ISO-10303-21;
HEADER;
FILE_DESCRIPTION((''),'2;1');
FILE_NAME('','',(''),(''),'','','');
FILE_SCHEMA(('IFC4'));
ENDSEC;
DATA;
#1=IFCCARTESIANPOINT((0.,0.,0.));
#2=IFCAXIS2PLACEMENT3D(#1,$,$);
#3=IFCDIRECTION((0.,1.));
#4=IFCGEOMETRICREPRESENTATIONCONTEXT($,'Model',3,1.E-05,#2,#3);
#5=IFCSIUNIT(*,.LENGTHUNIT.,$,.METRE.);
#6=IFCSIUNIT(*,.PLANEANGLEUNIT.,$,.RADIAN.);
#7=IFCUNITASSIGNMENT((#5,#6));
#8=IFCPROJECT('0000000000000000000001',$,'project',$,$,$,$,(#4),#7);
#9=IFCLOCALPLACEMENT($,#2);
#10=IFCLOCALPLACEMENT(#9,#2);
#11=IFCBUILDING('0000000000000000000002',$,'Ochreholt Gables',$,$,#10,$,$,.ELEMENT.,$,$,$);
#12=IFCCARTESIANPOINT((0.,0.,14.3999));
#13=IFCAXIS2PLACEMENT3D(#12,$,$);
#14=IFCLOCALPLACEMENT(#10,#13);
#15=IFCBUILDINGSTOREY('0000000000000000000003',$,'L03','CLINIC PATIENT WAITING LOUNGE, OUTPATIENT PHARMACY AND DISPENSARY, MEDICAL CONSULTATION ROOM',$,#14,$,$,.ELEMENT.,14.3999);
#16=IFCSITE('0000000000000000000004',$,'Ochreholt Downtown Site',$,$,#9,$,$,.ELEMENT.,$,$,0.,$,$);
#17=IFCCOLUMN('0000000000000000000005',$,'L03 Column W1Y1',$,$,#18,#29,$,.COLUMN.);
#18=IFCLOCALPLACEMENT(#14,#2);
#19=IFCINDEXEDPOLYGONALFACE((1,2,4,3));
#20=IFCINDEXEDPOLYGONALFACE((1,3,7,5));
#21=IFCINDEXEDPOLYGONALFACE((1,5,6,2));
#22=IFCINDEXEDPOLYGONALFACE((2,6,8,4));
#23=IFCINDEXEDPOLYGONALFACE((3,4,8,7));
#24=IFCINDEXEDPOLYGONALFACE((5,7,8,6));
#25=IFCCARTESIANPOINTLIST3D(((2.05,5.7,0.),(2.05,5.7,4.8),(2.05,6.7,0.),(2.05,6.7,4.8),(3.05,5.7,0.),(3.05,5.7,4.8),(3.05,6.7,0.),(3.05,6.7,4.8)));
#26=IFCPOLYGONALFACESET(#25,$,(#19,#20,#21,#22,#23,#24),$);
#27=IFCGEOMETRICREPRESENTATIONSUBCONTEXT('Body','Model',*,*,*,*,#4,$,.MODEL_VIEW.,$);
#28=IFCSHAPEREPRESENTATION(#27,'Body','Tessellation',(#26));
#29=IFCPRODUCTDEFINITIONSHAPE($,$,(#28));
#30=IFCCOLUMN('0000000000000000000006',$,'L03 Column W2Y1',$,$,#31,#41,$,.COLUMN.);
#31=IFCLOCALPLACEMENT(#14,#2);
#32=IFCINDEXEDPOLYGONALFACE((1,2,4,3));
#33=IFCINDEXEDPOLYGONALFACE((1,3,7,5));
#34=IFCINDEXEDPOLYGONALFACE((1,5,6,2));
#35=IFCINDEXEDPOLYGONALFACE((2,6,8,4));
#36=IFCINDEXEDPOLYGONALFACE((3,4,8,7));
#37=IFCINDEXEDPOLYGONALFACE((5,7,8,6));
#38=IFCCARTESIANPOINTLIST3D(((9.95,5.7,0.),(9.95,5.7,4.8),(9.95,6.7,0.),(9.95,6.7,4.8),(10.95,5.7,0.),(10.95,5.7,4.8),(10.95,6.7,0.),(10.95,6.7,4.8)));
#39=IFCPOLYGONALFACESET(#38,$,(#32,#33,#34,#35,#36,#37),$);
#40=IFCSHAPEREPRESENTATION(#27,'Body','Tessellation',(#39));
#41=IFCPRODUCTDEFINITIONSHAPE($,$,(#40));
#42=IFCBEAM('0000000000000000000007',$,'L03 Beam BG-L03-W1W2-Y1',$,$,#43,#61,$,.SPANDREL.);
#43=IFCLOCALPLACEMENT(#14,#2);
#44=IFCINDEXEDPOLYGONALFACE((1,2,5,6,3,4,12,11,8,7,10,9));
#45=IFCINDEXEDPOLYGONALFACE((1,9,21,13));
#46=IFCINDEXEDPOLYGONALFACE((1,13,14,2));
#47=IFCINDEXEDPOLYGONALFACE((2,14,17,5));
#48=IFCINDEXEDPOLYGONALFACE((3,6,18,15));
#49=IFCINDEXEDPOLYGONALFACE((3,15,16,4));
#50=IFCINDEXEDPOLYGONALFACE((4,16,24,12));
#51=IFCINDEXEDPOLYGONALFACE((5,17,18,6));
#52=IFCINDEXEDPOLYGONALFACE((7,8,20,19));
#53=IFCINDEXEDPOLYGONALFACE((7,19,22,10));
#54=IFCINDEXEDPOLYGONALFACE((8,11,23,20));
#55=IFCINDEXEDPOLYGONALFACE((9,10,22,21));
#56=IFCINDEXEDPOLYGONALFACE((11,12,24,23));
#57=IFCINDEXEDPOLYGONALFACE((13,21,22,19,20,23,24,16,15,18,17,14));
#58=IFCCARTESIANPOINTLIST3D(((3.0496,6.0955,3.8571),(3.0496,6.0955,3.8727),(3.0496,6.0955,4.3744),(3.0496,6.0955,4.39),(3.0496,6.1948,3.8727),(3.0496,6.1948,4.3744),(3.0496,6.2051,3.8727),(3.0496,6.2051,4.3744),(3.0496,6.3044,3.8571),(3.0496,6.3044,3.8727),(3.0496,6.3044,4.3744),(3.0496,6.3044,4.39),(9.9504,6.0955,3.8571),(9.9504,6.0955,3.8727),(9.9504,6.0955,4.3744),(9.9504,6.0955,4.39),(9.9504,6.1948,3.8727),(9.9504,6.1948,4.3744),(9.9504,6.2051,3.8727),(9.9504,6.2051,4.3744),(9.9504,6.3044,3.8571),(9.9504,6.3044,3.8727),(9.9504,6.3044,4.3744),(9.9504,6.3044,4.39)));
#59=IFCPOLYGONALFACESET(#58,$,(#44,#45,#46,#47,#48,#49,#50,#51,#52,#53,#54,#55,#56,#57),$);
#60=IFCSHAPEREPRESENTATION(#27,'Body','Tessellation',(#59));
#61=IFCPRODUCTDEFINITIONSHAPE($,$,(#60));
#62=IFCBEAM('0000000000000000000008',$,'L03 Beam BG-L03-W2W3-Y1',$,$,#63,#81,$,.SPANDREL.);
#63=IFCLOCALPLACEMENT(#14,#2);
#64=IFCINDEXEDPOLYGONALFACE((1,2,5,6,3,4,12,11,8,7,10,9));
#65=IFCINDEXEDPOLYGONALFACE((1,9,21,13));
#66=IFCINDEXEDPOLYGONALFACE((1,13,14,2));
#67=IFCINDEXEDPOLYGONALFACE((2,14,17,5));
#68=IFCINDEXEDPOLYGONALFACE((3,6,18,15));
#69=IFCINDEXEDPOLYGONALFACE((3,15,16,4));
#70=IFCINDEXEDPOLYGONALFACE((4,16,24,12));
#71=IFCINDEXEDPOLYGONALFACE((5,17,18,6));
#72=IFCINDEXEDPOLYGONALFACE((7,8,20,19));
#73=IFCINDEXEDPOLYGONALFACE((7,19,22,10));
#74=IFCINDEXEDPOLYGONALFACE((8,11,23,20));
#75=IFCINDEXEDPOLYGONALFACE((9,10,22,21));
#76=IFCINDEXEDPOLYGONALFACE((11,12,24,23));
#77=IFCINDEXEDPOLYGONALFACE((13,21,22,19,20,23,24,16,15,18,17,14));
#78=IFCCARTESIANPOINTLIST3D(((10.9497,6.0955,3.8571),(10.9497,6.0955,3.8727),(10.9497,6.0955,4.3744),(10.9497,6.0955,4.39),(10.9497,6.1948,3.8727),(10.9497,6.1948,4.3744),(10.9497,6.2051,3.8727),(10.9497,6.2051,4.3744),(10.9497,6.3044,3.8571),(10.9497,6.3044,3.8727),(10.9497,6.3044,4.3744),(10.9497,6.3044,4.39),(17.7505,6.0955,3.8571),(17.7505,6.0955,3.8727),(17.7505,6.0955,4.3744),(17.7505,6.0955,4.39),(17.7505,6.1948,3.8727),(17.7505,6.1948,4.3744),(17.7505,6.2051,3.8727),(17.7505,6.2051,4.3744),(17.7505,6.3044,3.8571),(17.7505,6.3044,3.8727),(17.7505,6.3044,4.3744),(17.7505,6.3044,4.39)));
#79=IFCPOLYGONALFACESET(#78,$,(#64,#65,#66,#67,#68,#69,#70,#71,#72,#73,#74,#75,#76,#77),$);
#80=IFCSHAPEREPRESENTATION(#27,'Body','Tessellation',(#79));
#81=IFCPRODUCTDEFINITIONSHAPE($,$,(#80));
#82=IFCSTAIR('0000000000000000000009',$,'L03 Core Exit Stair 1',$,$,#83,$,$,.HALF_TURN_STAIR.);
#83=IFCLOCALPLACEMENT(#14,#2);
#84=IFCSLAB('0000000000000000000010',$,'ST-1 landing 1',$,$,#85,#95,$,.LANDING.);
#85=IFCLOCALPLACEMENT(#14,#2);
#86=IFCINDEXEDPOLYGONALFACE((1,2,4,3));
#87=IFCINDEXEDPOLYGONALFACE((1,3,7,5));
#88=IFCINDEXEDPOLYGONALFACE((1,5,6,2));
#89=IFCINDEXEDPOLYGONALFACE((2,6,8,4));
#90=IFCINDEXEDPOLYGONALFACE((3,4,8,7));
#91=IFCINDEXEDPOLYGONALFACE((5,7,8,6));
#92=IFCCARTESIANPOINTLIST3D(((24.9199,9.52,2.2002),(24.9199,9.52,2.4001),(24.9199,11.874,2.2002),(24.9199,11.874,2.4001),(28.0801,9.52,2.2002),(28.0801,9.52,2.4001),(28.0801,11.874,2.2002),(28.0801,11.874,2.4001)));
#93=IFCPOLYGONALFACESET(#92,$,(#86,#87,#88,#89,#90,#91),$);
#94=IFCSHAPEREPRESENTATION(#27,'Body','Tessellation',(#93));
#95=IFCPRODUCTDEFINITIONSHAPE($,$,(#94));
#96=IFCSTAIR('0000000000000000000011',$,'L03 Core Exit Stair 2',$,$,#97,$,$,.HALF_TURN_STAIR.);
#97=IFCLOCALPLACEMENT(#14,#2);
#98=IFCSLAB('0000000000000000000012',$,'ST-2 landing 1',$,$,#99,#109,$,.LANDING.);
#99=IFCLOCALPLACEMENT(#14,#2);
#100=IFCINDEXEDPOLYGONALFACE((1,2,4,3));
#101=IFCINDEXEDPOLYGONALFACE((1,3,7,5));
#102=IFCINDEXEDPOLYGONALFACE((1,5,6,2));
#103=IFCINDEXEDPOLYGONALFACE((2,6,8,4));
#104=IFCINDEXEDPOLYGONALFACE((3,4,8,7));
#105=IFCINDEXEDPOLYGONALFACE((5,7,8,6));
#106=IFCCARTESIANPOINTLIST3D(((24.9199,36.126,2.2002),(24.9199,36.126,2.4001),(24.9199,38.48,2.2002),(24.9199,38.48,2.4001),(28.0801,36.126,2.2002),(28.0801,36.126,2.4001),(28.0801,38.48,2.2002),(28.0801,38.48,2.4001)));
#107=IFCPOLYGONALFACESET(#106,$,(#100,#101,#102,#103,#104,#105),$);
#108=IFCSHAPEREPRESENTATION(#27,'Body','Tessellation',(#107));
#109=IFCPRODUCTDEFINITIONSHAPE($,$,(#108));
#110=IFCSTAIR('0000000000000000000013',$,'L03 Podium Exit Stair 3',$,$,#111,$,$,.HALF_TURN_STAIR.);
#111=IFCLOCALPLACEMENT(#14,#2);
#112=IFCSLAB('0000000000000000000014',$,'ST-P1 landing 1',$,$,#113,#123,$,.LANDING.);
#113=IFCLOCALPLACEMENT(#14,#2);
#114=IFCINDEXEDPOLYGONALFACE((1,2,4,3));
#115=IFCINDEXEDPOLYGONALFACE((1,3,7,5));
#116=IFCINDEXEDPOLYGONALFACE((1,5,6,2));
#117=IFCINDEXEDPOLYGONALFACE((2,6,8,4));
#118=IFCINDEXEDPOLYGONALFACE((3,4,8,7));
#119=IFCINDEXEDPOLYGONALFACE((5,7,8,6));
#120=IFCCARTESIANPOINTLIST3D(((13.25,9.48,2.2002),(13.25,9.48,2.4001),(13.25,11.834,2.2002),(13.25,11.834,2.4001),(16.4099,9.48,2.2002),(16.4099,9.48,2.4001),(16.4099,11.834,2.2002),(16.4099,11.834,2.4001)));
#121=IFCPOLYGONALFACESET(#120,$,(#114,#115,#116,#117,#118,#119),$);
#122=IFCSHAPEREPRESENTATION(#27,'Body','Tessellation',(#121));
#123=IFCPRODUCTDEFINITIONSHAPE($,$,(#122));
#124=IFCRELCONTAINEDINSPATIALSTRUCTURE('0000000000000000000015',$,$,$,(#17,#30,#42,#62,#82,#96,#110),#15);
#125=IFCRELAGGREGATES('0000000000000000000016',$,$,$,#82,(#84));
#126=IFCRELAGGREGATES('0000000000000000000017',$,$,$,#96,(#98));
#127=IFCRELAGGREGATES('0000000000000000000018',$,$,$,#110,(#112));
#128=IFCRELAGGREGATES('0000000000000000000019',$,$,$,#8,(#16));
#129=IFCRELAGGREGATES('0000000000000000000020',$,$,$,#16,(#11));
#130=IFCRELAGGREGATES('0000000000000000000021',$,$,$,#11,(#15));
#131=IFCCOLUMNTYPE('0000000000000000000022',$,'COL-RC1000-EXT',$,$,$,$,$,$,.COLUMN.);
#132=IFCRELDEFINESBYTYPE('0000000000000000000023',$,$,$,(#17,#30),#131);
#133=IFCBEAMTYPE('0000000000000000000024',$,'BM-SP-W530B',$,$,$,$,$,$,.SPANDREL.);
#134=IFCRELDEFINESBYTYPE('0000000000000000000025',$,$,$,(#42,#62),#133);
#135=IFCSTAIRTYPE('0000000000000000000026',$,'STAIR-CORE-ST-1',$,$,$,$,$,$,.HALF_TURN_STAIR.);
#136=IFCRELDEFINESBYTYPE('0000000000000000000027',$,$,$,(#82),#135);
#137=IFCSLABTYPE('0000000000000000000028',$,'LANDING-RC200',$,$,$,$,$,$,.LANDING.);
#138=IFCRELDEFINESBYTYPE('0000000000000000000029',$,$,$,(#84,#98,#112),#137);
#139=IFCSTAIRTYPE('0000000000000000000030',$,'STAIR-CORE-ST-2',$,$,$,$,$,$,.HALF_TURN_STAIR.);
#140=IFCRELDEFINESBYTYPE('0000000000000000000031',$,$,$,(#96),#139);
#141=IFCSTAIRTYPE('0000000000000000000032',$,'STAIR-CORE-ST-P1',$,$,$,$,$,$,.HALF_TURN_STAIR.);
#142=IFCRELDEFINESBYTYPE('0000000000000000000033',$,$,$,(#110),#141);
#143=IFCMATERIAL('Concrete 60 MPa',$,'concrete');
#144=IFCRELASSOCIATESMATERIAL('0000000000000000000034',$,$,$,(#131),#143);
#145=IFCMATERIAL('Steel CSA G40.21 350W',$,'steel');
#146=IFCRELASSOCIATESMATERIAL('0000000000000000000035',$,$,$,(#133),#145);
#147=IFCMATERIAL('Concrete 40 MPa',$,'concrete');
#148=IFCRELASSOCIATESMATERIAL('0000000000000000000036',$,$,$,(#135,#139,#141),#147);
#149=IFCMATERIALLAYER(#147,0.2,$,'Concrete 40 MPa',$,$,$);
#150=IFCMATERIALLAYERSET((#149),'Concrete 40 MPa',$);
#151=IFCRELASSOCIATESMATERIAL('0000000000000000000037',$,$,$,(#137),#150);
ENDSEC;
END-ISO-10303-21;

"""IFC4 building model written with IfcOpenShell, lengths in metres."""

from ifc_helpers import new_model, si_unit, direction, frame, origin, origin_2d, place, context, subcontext, project, spatial, polyline, rectangle, i_section, outline, extrude, material, layer, layer_set, material_profile, profile_set, type_object, element, aggregate, save


model = new_model("IFC4")

# Units and contexts
model_context = context("Model", 3, precision=1e-05, world=origin(), true_north=direction((0.0, 1.0)))
body_context = subcontext(model_context, "Body", "Model", "MODEL_VIEW")
ifc_project = project(units=[si_unit("LENGTHUNIT", "METRE"), si_unit("PLANEANGLEUNIT", "RADIAN")], contexts=[model_context])

# Site, building, storey
site_placement = place(None, origin())
site = spatial("IfcSite", under=ifc_project, at=site_placement, Name="Ochreholt Downtown Site", CompositionType="ELEMENT", RefElevation=0.0)
building_placement = place(site_placement, origin())
building = spatial("IfcBuilding", under=site, at=building_placement, Name="Ochreholt Gables", CompositionType="ELEMENT")
storey_placement = place(building_placement, frame((0.0, 0.0, 14.3999)))
storey = spatial("IfcBuildingStorey", under=building, at=storey_placement, Name="L03", Description="CLINIC PATIENT WAITING LOUNGE, OUTPATIENT PHARMACY AND DISPENSARY, MEDICAL CONSULTATION ROOM", CompositionType="ELEMENT", Elevation=14.3999)

# Columns
ifc_material_1 = material(Name="Concrete 60 MPa", Category="concrete")
ifc_material_profile_1 = material_profile(ifc_material_1, rectangle(XDim=1.0, YDim=1.0, at=origin_2d()), Name="RC1000X1000")
ifc_profile_set_1 = profile_set([ifc_material_profile_1], Name="Concrete 60 MPa")
column_type = type_object("IfcColumnType", Name="COL-RC1000-EXT", PredefinedType="COLUMN", material=ifc_profile_set_1)
for number, where, z_axis, x_axis, name in (
    (1, (2.55, 6.2, 0.0), (0.0, 0.0, 1.0), (1.0, 0.0, 0.0), "L03 Column W1Y1"),
    (2, (10.45, 6.2, 0.0), (0.0, 0.0, 1.0), (1.0, 0.0, 0.0), "L03 Column W2Y1"),
):
    element("IfcColumn", number, at=place(storey_placement, frame(where, z_axis=z_axis, x_axis=x_axis)), inside=storey, type_object=column_type, Name=name, PredefinedType="COLUMN", context=body_context, shape_type="SweptSolid", body=[
        extrude(rectangle(XDim=1.0, YDim=1.0, at=origin_2d()), origin(), (0.0, 0.0, 1.0), 4.8),
    ])

# Beams
ifc_material_2 = material(Name="Steel CSA G40.21 350W", Category="steel")
ifc_material_profile_2 = material_profile(ifc_material_2, i_section(OverallWidth=0.209, OverallDepth=0.533, WebThickness=0.0103, FlangeThickness=0.0156, at=origin_2d()), Name="W530X92")
ifc_profile_set_2 = profile_set([ifc_material_profile_2], Name="Steel CSA G40.21 350W")
beam_type = type_object("IfcBeamType", Name="BM-SP-W530B", PredefinedType="SPANDREL", material=ifc_profile_set_2)
beam_1_placement = place(storey_placement, frame((3.0496, 6.2, 4.1235), z_axis=(1.0, 0.0, 0.0), x_axis=(0.0, 1.0, 0.0)))
element("IfcBeam", 3, at=beam_1_placement, inside=storey, type_object=beam_type, Name="L03 Beam BG-L03-W1W2-Y1", PredefinedType="SPANDREL", context=body_context, shape_type="SweptSolid", body=[
    extrude(i_section(OverallWidth=0.209, OverallDepth=0.533, WebThickness=0.0103, FlangeThickness=0.0156, at=origin_2d()), origin(), (0.0, 0.0, 1.0), 6.9009),
])
beam_2_placement = place(storey_placement, frame((10.9497, 6.2, 4.1235), z_axis=(1.0, 0.0, 0.0), x_axis=(0.0, 1.0, 0.0)))
element("IfcBeam", 4, at=beam_2_placement, inside=storey, type_object=beam_type, Name="L03 Beam BG-L03-W2W3-Y1", PredefinedType="SPANDREL", context=body_context, shape_type="SweptSolid", body=[
    extrude(i_section(OverallWidth=0.209, OverallDepth=0.533, WebThickness=0.0103, FlangeThickness=0.0156, at=origin_2d()), origin(), (0.0, 0.0, 1.0), 6.8008),
])

# Stairs, slabs
ifc_material_3 = material(Name="Concrete 40 MPa", Category="concrete")
stair_type_1 = type_object("IfcStairType", Name="STAIR-CORE-ST-1", PredefinedType="HALF_TURN_STAIR", material=ifc_material_3)
stair_1_placement = place(storey_placement, origin())
stair_1 = element("IfcStair", 5, at=stair_1_placement, inside=storey, type_object=stair_type_1, Name="L03 Core Exit Stair 1", PredefinedType="HALF_TURN_STAIR")
ifc_layer_1 = layer(ifc_material_3, 0.2, Name="Concrete 40 MPa")
ifc_layer_set_1 = layer_set([ifc_layer_1], Name="Concrete 40 MPa")
slab_type_1 = type_object("IfcSlabType", Name="LANDING-RC200", PredefinedType="LANDING", material=ifc_layer_set_1)
slab_1_placement = place(storey_placement, frame((0.0, 0.0, 2.2002)))
slab_1 = element("IfcSlab", 6, at=slab_1_placement, type_object=slab_type_1, Name="ST-1 landing 1", PredefinedType="LANDING", context=body_context, shape_type="SweptSolid", body=[
    extrude(outline(polyline([(24.9199, 11.874), (24.9199, 9.52), (28.0801, 9.52), (28.0801, 11.874), (24.9199, 11.874)])), origin(), (0.0, 0.0, 1.0), 0.2),
])
aggregate(stair_1, [slab_1])
stair_type_2 = type_object("IfcStairType", Name="STAIR-CORE-ST-2", PredefinedType="HALF_TURN_STAIR", material=ifc_material_3)
stair_2_placement = place(storey_placement, origin())
stair_2 = element("IfcStair", 7, at=stair_2_placement, inside=storey, type_object=stair_type_2, Name="L03 Core Exit Stair 2", PredefinedType="HALF_TURN_STAIR")
slab_2_placement = place(storey_placement, frame((0.0, 0.0, 2.2002)))
slab_2 = element("IfcSlab", 8, at=slab_2_placement, type_object=slab_type_1, Name="ST-2 landing 1", PredefinedType="LANDING", context=body_context, shape_type="SweptSolid", body=[
    extrude(outline(polyline([(28.0801, 36.126), (28.0801, 38.48), (24.9199, 38.48), (24.9199, 36.126), (28.0801, 36.126)])), origin(), (0.0, 0.0, 1.0), 0.2),
])
aggregate(stair_2, [slab_2])
stair_type_3 = type_object("IfcStairType", Name="STAIR-CORE-ST-P1", PredefinedType="HALF_TURN_STAIR", material=ifc_material_3)
stair_3_placement = place(storey_placement, origin())
stair_3 = element("IfcStair", 9, at=stair_3_placement, inside=storey, type_object=stair_type_3, Name="L03 Podium Exit Stair 3", PredefinedType="HALF_TURN_STAIR")
slab_3_placement = place(storey_placement, frame((0.0, 0.0, 2.2002)))
slab_3 = element("IfcSlab", 10, at=slab_3_placement, type_object=slab_type_1, Name="ST-P1 landing 1", PredefinedType="LANDING", context=body_context, shape_type="SweptSolid", body=[
    extrude(outline(polyline([(13.25, 11.834), (13.25, 9.48), (16.4099, 9.48), (16.4099, 11.834), (13.25, 11.834)])), origin(), (0.0, 0.0, 1.0), 0.2),
])
aggregate(stair_3, [slab_3])

save(model, "model.ifc")
